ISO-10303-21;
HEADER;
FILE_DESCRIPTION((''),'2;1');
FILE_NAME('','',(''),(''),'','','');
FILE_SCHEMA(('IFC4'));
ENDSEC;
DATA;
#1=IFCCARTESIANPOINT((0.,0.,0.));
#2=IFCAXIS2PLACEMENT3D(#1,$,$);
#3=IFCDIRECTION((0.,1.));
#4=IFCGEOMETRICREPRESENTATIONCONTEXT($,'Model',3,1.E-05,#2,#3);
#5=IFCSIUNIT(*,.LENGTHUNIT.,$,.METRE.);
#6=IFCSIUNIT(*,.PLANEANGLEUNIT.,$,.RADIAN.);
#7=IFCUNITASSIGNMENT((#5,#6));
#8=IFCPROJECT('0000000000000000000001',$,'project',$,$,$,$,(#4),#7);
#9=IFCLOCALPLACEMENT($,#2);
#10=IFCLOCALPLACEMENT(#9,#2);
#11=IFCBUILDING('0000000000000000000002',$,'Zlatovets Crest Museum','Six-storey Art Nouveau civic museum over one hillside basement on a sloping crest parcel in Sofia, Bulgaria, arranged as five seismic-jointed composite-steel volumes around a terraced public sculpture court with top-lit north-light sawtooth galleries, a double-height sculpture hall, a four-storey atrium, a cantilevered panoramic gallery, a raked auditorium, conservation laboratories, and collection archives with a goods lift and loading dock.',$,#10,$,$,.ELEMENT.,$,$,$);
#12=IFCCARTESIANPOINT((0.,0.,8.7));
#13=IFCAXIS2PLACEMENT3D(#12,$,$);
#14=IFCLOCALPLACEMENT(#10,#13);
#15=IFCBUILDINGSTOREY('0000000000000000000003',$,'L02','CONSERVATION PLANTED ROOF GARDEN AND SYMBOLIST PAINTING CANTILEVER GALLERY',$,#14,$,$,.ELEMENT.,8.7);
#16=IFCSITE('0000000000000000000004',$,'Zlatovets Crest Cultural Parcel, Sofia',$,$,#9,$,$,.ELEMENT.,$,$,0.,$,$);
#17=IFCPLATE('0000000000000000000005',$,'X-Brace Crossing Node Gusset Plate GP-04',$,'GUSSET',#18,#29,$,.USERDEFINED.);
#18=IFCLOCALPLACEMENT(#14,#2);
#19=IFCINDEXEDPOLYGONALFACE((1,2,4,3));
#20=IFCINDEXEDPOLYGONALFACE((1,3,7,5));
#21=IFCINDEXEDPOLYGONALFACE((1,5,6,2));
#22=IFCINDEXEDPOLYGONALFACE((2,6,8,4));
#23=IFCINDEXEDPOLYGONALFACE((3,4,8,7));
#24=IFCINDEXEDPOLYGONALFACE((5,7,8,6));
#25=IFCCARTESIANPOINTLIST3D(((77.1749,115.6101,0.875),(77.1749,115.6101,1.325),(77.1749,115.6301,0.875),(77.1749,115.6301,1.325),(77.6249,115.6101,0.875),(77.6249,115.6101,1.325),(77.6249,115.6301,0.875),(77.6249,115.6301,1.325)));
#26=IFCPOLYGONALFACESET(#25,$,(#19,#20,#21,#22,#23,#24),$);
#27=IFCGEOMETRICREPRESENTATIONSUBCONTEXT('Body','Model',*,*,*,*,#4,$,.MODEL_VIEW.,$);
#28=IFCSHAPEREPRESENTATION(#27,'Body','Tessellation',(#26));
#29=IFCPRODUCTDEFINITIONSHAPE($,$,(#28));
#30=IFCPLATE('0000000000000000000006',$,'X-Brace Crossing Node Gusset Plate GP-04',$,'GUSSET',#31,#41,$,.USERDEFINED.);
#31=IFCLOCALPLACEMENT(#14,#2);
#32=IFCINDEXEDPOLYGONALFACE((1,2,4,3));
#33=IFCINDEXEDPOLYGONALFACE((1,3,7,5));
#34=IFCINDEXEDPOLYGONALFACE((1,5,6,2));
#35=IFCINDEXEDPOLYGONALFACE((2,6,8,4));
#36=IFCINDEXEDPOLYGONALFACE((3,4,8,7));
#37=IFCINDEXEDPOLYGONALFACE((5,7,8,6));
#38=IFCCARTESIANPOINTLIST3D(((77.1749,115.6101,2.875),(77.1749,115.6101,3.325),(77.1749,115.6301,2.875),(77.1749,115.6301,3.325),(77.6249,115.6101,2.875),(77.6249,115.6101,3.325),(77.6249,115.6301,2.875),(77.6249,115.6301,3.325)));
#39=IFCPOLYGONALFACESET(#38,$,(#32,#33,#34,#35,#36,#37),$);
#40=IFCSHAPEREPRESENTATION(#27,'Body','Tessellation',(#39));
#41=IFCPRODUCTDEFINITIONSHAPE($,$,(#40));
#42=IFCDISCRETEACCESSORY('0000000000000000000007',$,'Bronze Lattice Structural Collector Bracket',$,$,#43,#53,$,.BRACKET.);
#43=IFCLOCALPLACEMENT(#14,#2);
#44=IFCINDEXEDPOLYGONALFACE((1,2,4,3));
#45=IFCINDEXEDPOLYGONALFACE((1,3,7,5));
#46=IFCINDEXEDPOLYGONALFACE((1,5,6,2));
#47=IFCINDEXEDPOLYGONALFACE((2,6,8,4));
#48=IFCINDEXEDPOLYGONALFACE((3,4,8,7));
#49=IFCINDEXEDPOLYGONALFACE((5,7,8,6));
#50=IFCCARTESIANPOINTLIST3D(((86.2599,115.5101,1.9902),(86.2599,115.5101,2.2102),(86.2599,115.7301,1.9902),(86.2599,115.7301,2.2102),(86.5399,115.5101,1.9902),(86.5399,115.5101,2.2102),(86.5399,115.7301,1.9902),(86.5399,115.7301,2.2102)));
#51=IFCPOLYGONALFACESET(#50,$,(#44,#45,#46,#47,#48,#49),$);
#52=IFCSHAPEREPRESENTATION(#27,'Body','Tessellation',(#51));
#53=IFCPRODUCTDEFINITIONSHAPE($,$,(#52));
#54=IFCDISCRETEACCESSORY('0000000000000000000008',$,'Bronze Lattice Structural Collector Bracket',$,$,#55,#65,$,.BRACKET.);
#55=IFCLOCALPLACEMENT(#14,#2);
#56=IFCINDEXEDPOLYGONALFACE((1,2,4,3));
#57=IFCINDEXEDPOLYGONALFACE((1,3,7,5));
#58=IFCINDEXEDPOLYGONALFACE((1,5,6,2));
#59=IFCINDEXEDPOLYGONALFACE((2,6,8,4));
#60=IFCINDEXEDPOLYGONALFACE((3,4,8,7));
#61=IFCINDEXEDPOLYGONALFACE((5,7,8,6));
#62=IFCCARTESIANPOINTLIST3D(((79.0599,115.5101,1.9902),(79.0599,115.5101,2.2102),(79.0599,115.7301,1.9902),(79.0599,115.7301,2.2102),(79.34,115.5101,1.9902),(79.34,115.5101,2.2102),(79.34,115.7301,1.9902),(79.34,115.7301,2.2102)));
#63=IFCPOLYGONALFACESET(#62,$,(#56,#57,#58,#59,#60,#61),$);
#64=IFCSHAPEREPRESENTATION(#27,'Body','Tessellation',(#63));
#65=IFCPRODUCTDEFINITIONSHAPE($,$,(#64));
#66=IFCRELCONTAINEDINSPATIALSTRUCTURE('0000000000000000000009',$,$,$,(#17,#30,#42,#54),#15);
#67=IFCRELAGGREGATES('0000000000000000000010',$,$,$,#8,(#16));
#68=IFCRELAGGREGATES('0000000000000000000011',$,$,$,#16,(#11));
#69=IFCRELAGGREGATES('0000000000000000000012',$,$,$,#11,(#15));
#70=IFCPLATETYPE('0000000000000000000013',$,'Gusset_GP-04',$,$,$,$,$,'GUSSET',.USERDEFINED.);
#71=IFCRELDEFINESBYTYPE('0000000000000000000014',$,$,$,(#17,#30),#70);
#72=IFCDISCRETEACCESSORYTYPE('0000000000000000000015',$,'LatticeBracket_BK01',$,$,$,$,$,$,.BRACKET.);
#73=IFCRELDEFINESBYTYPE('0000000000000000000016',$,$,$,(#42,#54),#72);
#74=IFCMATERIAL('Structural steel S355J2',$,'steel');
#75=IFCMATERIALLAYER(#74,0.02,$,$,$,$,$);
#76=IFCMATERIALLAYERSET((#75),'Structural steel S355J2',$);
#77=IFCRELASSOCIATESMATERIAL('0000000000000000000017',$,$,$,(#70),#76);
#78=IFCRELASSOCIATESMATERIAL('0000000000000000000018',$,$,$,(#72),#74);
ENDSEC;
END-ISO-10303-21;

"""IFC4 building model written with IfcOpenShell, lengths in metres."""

from ifc_helpers import new_model, si_unit, direction, frame, origin, origin_2d, place, context, subcontext, project, spatial, rectangle, extrude, material, layer, layer_set, type_object, element, save


model = new_model("IFC4")

# Units and contexts
model_context = context("Model", 3, precision=1e-05, world=origin(), true_north=direction((0.0, 1.0)))
body_context = subcontext(model_context, "Body", "Model", "MODEL_VIEW")
ifc_project = project(units=[si_unit("LENGTHUNIT", "METRE"), si_unit("PLANEANGLEUNIT", "RADIAN")], contexts=[model_context])

# Site, building, storey
site_placement = place(None, origin())
site = spatial("IfcSite", under=ifc_project, at=site_placement, Name="Zlatovets Crest Cultural Parcel, Sofia", CompositionType="ELEMENT", RefElevation=0.0)
building_placement = place(site_placement, origin())
building = spatial("IfcBuilding", under=site, at=building_placement, Name="Zlatovets Crest Museum", Description="Six-storey Art Nouveau civic museum over one hillside basement on a sloping crest parcel in Sofia, Bulgaria, arranged as five seismic-jointed composite-steel volumes around a terraced public sculpture court with top-lit north-light sawtooth galleries, a double-height sculpture hall, a four-storey atrium, a cantilevered panoramic gallery, a raked auditorium, conservation laboratories, and collection archives with a goods lift and loading dock.", CompositionType="ELEMENT")
storey_placement = place(building_placement, frame((0.0, 0.0, 8.7)))
storey = spatial("IfcBuildingStorey", under=building, at=storey_placement, Name="L02", Description="CONSERVATION PLANTED ROOF GARDEN AND SYMBOLIST PAINTING CANTILEVER GALLERY", CompositionType="ELEMENT", Elevation=8.7)

# Plates
ifc_material_1 = material(Name="Structural steel S355J2", Category="steel")
ifc_layer = layer(ifc_material_1, 0.02)
ifc_layer_set = layer_set([ifc_layer], Name="Structural steel S355J2")
plate_type = type_object("IfcPlateType", Name="Gusset_GP-04", ElementType="GUSSET", PredefinedType="USERDEFINED", material=ifc_layer_set)
for number, where, z_axis, x_axis, name in (
    (1, (77.3999, 115.6201, 0.875), (0.0, 0.0, 1.0), (1.0, 0.0, 0.0), "X-Brace Crossing Node Gusset Plate GP-04"),
    (2, (77.3999, 115.6201, 2.875), (0.0, 0.0, 1.0), (1.0, 0.0, 0.0), "X-Brace Crossing Node Gusset Plate GP-04"),
):
    element("IfcPlate", number, at=place(storey_placement, frame(where, z_axis=z_axis, x_axis=x_axis)), inside=storey, type_object=plate_type, Name=name, ObjectType="GUSSET", PredefinedType="USERDEFINED", context=body_context, shape_type="SweptSolid", body=[
        extrude(rectangle(XDim=0.45, YDim=0.02, at=origin_2d()), origin(), (0.0, 0.0, 1.0), 0.45),
    ])

# Discrete accessories
discrete_accessory_type = type_object("IfcDiscreteAccessoryType", Name="LatticeBracket_BK01", PredefinedType="BRACKET", material=ifc_material_1)
for number, where, z_axis, x_axis, name in (
    (3, (86.3999, 115.6201, 1.9902), (0.0, 0.0, 1.0), (1.0, 0.0, 0.0), "Bronze Lattice Structural Collector Bracket"),
    (4, (79.2, 115.6201, 1.9902), (0.0, 0.0, 1.0), (1.0, 0.0, 0.0), "Bronze Lattice Structural Collector Bracket"),
):
    element("IfcDiscreteAccessory", number, at=place(storey_placement, frame(where, z_axis=z_axis, x_axis=x_axis)), inside=storey, type_object=discrete_accessory_type, Name=name, PredefinedType="BRACKET", context=body_context, shape_type="SweptSolid", body=[
        extrude(rectangle(XDim=0.28, YDim=0.22, at=origin_2d()), origin(), (0.0, 0.0, 1.0), 0.22),
    ])

save(model, "model.ifc")
